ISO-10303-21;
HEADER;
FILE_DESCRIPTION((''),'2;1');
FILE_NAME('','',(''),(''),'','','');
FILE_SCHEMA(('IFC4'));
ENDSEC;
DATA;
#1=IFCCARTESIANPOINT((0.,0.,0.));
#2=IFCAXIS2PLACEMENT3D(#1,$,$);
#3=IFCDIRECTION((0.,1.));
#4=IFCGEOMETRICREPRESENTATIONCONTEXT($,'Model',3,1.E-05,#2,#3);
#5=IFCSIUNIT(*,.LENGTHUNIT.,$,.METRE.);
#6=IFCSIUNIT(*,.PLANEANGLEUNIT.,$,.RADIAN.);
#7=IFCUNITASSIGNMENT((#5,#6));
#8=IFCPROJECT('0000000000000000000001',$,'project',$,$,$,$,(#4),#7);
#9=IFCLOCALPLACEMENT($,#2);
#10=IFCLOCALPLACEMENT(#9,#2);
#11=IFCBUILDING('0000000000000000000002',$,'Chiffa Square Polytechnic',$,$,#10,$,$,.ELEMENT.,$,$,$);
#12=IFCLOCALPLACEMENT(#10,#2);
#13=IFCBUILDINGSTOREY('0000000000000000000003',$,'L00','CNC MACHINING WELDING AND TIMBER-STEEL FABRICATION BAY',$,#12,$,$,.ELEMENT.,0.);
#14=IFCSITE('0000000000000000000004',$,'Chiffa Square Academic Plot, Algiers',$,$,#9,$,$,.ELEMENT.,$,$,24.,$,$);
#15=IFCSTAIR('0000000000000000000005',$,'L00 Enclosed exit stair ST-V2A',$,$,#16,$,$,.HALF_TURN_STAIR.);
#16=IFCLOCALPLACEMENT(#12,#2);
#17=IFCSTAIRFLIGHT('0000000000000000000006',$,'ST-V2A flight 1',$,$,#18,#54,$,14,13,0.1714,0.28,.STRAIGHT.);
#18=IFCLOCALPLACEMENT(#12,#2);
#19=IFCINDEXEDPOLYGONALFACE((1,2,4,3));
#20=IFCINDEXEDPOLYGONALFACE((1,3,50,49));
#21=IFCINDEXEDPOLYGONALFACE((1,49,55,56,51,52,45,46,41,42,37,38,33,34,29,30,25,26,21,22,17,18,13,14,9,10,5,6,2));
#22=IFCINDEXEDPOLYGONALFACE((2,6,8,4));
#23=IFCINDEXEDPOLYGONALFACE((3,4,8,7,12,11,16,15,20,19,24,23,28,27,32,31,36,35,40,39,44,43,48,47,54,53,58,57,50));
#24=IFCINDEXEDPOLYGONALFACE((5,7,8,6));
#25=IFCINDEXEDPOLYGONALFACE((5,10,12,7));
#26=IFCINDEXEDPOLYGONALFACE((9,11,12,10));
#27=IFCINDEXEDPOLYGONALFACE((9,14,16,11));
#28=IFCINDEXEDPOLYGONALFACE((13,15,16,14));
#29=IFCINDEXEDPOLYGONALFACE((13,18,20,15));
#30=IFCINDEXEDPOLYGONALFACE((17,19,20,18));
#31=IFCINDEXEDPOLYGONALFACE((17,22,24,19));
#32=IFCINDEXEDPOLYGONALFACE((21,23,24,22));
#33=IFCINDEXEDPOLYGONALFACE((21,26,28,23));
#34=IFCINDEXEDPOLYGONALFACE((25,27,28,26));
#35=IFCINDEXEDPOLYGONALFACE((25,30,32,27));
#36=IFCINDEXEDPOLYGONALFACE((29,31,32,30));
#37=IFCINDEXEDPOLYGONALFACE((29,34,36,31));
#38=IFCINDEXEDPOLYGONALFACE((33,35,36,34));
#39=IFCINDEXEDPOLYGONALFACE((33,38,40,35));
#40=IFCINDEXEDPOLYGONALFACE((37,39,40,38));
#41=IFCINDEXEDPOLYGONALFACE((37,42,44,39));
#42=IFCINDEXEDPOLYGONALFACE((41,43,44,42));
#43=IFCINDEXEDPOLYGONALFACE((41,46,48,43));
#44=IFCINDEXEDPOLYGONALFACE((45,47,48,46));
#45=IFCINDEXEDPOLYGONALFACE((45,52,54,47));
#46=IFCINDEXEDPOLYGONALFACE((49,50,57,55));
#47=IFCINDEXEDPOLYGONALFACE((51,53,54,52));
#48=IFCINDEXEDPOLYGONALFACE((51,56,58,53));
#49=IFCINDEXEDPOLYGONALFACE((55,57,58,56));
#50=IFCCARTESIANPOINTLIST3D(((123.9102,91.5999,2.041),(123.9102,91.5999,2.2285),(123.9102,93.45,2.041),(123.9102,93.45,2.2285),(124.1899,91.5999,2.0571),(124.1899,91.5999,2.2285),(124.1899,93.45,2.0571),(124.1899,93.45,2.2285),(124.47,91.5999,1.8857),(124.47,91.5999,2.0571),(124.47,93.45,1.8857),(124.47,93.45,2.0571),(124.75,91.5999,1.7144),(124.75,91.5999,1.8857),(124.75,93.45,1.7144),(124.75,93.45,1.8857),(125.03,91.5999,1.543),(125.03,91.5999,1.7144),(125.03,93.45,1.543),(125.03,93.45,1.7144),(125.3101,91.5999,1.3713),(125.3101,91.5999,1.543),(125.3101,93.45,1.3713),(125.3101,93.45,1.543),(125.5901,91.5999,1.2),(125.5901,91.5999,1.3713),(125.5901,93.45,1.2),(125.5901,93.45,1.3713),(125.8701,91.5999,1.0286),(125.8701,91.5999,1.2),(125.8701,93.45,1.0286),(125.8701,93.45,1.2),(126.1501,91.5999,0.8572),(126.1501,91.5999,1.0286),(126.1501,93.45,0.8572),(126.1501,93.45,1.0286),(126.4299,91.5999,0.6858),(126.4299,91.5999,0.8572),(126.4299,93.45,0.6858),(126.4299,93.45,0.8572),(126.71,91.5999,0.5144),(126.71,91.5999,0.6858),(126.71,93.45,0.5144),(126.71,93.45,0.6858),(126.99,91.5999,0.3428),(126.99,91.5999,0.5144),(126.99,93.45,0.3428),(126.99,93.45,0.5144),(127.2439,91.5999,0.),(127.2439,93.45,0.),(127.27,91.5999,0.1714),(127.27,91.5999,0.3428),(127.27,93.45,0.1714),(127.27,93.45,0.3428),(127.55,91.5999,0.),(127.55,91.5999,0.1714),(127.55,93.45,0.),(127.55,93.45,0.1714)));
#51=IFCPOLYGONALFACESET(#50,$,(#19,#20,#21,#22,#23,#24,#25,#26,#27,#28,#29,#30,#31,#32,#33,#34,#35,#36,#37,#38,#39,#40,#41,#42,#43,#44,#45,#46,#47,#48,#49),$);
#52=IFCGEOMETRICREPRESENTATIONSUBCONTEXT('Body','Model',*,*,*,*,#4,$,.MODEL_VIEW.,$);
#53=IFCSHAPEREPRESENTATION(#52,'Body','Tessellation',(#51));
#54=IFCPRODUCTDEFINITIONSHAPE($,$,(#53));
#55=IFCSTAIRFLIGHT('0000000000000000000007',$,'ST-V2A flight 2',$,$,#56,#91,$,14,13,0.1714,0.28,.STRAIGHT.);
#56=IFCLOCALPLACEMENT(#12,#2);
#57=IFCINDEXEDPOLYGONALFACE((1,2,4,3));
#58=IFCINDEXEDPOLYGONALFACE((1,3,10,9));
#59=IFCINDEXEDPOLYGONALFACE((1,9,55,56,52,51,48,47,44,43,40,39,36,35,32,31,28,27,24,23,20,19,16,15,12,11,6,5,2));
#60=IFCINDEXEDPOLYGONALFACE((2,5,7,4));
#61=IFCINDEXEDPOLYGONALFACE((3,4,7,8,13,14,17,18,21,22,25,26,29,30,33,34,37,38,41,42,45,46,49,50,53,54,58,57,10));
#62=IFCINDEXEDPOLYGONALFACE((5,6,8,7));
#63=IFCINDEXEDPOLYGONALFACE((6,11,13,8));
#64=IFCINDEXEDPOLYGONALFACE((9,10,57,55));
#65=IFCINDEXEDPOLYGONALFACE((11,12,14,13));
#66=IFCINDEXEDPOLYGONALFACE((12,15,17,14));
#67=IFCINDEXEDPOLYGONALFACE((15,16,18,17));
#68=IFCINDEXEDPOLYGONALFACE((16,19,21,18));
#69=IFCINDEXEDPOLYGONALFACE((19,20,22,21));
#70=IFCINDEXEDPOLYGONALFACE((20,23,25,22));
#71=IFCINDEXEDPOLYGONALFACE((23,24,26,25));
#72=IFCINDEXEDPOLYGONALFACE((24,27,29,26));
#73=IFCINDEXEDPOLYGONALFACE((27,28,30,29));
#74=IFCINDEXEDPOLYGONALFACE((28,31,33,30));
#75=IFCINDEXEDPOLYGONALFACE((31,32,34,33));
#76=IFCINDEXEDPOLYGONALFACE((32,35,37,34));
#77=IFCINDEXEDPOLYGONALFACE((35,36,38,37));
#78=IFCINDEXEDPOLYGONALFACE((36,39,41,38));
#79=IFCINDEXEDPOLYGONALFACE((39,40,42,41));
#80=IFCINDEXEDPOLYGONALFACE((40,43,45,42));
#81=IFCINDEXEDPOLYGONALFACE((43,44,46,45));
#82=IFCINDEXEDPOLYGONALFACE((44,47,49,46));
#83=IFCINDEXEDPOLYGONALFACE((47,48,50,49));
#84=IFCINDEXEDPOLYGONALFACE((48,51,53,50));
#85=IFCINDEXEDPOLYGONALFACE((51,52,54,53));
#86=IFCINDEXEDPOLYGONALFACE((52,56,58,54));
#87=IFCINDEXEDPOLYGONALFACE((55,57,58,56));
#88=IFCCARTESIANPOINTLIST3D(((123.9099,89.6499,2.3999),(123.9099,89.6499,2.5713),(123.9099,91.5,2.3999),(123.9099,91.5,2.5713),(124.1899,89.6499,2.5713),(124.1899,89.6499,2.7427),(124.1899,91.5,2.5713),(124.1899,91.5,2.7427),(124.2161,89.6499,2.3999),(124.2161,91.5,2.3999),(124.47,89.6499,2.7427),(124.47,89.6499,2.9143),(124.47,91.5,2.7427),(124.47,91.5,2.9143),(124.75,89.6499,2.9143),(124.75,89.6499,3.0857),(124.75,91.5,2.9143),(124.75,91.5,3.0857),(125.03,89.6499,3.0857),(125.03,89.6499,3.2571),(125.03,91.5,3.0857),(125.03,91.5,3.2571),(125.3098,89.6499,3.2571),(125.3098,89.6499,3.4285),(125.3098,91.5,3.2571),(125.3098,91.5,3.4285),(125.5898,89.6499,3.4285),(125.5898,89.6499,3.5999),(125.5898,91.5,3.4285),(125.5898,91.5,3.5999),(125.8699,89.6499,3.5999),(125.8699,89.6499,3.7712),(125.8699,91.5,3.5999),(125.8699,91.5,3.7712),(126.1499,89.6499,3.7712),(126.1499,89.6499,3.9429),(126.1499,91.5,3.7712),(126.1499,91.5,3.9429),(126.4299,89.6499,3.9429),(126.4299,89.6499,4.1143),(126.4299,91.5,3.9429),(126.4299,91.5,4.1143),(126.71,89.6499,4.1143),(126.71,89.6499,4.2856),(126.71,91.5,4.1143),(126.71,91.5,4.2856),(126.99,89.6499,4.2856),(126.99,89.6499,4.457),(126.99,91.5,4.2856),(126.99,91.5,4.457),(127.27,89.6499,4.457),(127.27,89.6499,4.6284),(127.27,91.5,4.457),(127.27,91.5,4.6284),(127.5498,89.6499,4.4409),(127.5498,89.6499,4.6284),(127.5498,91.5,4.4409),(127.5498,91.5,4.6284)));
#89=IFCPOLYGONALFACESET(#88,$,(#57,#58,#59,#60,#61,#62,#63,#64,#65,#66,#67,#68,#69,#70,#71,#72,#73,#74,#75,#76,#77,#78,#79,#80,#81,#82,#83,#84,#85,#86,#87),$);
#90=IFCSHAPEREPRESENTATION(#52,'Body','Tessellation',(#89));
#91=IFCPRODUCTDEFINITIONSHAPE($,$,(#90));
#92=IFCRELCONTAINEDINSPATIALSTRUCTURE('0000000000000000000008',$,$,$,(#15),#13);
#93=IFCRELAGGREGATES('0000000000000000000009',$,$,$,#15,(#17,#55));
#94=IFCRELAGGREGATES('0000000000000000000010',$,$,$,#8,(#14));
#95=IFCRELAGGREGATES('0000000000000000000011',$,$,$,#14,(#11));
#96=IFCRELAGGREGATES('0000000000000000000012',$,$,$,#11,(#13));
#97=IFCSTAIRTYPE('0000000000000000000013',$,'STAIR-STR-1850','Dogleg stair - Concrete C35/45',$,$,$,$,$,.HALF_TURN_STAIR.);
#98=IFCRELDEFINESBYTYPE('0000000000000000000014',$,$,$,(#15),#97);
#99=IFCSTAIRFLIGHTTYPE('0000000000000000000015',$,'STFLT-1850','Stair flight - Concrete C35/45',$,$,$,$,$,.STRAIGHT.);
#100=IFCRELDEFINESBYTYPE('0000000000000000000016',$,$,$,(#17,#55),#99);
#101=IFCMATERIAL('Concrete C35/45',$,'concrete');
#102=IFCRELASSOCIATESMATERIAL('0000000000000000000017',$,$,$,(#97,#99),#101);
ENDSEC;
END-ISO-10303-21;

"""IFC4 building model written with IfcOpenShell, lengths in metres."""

from ifc_helpers import new_model, si_unit, direction, frame, origin, place, context, subcontext, project, spatial, polyline, outline, extrude, material, type_object, element, aggregate, save


model = new_model("IFC4")

# Units and contexts
model_context = context("Model", 3, precision=1e-05, world=origin(), true_north=direction((0.0, 1.0)))
body_context = subcontext(model_context, "Body", "Model", "MODEL_VIEW")
ifc_project = project(units=[si_unit("LENGTHUNIT", "METRE"), si_unit("PLANEANGLEUNIT", "RADIAN")], contexts=[model_context])

# Site, building, storey
site_placement = place(None, origin())
site = spatial("IfcSite", under=ifc_project, at=site_placement, Name="Chiffa Square Academic Plot, Algiers", CompositionType="ELEMENT", RefElevation=24.0)
building_placement = place(site_placement, origin())
building = spatial("IfcBuilding", under=site, at=building_placement, Name="Chiffa Square Polytechnic", CompositionType="ELEMENT")
storey_placement = place(building_placement, origin())
storey = spatial("IfcBuildingStorey", under=building, at=storey_placement, Name="L00", Description="CNC MACHINING WELDING AND TIMBER-STEEL FABRICATION BAY", CompositionType="ELEMENT", Elevation=0.0)

# Shared definitions
ifc_material_1 = material(Name="Concrete C35/45", Category="concrete")

# Stair, stair flights
stair_type = type_object("IfcStairType", Name="STAIR-STR-1850", Description="Dogleg stair - Concrete C35/45", PredefinedType="HALF_TURN_STAIR", material=ifc_material_1)
stair_placement = place(storey_placement, origin())
stair = element("IfcStair", 1, at=stair_placement, inside=storey, type_object=stair_type, Name="L00 Enclosed exit stair ST-V2A", PredefinedType="HALF_TURN_STAIR")
stair_flight_type = type_object("IfcStairFlightType", Name="STFLT-1850", Description="Stair flight - Concrete C35/45", PredefinedType="STRAIGHT", material=ifc_material_1)
stair_flight_1_placement = place(storey_placement, frame((127.55, 92.5249, 0.0), z_axis=(0.0, 0.0, 1.0), x_axis=(-1.0, 0.0, 0.0)))
stair_flight_1 = element("IfcStairFlight", 2, at=stair_flight_1_placement, type_object=stair_flight_type, Name="ST-V2A flight 1", NumberOfRisers=14, NumberOfTreads=13, PredefinedType="STRAIGHT", RiserHeight=0.1714, TreadLength=0.28, context=body_context, shape_type="SweptSolid", body=[
    extrude(outline(polyline([(0.0, 0.0), (0.0, 0.1714), (0.28, 0.1714), (0.28, 0.3428), (0.5601, 0.3428), (0.5601, 0.5144), (0.8401, 0.5144), (0.8401, 0.6858), (1.1201, 0.6858), (1.1201, 0.8572), (1.3999, 0.8572), (1.3999, 1.0286), (1.6799, 1.0286), (1.6799, 1.2), (1.96, 1.2), (1.96, 1.3713), (2.24, 1.3713), (2.24, 1.543), (2.52, 1.543), (2.52, 1.7144), (2.8, 1.7144), (2.8, 1.8857), (3.0801, 1.8857), (3.0801, 2.0571), (3.3601, 2.0571), (3.3601, 2.2285), (3.6399, 2.2285), (3.6399, 2.3999), (3.6399, 2.041), (0.3062, 0.0), (0.0, 0.0)])), frame((0.0, 0.925, 0.0), z_axis=(0.0, -1.0, 0.0), x_axis=(1.0, 0.0, 0.0)), (0.0, 0.0, 1.0), 1.8501),
])
stair_flight_2_placement = place(storey_placement, frame((123.9099, 90.575, 2.3999), z_axis=(0.0, 0.0, 1.0), x_axis=(1.0, 0.0, 0.0)))
stair_flight_2 = element("IfcStairFlight", 3, at=stair_flight_2_placement, type_object=stair_flight_type, Name="ST-V2A flight 2", NumberOfRisers=14, NumberOfTreads=13, PredefinedType="STRAIGHT", RiserHeight=0.1714, TreadLength=0.28, context=body_context, shape_type="SweptSolid", body=[
    extrude(outline(polyline([(0.0, 0.0), (0.0, 0.1714), (0.28, 0.1714), (0.28, 0.3428), (0.5601, 0.3428), (0.5601, 0.5144), (0.8401, 0.5144), (0.8401, 0.6858), (1.1201, 0.6858), (1.1201, 0.8572), (1.3999, 0.8572), (1.3999, 1.0286), (1.6799, 1.0286), (1.6799, 1.2), (1.96, 1.2), (1.96, 1.3713), (2.24, 1.3713), (2.24, 1.543), (2.52, 1.543), (2.52, 1.7144), (2.8, 1.7144), (2.8, 1.8857), (3.0801, 1.8857), (3.0801, 2.0571), (3.3601, 2.0571), (3.3601, 2.2285), (3.6399, 2.2285), (3.6399, 2.3999), (3.6399, 2.041), (0.3062, 0.0), (0.0, 0.0)])), frame((0.0, 0.925, 0.0), z_axis=(0.0, -1.0, 0.0), x_axis=(1.0, 0.0, 0.0)), (0.0, 0.0, 1.0), 1.8501),
])
aggregate(stair, [stair_flight_1, stair_flight_2])

save(model, "model.ifc")
